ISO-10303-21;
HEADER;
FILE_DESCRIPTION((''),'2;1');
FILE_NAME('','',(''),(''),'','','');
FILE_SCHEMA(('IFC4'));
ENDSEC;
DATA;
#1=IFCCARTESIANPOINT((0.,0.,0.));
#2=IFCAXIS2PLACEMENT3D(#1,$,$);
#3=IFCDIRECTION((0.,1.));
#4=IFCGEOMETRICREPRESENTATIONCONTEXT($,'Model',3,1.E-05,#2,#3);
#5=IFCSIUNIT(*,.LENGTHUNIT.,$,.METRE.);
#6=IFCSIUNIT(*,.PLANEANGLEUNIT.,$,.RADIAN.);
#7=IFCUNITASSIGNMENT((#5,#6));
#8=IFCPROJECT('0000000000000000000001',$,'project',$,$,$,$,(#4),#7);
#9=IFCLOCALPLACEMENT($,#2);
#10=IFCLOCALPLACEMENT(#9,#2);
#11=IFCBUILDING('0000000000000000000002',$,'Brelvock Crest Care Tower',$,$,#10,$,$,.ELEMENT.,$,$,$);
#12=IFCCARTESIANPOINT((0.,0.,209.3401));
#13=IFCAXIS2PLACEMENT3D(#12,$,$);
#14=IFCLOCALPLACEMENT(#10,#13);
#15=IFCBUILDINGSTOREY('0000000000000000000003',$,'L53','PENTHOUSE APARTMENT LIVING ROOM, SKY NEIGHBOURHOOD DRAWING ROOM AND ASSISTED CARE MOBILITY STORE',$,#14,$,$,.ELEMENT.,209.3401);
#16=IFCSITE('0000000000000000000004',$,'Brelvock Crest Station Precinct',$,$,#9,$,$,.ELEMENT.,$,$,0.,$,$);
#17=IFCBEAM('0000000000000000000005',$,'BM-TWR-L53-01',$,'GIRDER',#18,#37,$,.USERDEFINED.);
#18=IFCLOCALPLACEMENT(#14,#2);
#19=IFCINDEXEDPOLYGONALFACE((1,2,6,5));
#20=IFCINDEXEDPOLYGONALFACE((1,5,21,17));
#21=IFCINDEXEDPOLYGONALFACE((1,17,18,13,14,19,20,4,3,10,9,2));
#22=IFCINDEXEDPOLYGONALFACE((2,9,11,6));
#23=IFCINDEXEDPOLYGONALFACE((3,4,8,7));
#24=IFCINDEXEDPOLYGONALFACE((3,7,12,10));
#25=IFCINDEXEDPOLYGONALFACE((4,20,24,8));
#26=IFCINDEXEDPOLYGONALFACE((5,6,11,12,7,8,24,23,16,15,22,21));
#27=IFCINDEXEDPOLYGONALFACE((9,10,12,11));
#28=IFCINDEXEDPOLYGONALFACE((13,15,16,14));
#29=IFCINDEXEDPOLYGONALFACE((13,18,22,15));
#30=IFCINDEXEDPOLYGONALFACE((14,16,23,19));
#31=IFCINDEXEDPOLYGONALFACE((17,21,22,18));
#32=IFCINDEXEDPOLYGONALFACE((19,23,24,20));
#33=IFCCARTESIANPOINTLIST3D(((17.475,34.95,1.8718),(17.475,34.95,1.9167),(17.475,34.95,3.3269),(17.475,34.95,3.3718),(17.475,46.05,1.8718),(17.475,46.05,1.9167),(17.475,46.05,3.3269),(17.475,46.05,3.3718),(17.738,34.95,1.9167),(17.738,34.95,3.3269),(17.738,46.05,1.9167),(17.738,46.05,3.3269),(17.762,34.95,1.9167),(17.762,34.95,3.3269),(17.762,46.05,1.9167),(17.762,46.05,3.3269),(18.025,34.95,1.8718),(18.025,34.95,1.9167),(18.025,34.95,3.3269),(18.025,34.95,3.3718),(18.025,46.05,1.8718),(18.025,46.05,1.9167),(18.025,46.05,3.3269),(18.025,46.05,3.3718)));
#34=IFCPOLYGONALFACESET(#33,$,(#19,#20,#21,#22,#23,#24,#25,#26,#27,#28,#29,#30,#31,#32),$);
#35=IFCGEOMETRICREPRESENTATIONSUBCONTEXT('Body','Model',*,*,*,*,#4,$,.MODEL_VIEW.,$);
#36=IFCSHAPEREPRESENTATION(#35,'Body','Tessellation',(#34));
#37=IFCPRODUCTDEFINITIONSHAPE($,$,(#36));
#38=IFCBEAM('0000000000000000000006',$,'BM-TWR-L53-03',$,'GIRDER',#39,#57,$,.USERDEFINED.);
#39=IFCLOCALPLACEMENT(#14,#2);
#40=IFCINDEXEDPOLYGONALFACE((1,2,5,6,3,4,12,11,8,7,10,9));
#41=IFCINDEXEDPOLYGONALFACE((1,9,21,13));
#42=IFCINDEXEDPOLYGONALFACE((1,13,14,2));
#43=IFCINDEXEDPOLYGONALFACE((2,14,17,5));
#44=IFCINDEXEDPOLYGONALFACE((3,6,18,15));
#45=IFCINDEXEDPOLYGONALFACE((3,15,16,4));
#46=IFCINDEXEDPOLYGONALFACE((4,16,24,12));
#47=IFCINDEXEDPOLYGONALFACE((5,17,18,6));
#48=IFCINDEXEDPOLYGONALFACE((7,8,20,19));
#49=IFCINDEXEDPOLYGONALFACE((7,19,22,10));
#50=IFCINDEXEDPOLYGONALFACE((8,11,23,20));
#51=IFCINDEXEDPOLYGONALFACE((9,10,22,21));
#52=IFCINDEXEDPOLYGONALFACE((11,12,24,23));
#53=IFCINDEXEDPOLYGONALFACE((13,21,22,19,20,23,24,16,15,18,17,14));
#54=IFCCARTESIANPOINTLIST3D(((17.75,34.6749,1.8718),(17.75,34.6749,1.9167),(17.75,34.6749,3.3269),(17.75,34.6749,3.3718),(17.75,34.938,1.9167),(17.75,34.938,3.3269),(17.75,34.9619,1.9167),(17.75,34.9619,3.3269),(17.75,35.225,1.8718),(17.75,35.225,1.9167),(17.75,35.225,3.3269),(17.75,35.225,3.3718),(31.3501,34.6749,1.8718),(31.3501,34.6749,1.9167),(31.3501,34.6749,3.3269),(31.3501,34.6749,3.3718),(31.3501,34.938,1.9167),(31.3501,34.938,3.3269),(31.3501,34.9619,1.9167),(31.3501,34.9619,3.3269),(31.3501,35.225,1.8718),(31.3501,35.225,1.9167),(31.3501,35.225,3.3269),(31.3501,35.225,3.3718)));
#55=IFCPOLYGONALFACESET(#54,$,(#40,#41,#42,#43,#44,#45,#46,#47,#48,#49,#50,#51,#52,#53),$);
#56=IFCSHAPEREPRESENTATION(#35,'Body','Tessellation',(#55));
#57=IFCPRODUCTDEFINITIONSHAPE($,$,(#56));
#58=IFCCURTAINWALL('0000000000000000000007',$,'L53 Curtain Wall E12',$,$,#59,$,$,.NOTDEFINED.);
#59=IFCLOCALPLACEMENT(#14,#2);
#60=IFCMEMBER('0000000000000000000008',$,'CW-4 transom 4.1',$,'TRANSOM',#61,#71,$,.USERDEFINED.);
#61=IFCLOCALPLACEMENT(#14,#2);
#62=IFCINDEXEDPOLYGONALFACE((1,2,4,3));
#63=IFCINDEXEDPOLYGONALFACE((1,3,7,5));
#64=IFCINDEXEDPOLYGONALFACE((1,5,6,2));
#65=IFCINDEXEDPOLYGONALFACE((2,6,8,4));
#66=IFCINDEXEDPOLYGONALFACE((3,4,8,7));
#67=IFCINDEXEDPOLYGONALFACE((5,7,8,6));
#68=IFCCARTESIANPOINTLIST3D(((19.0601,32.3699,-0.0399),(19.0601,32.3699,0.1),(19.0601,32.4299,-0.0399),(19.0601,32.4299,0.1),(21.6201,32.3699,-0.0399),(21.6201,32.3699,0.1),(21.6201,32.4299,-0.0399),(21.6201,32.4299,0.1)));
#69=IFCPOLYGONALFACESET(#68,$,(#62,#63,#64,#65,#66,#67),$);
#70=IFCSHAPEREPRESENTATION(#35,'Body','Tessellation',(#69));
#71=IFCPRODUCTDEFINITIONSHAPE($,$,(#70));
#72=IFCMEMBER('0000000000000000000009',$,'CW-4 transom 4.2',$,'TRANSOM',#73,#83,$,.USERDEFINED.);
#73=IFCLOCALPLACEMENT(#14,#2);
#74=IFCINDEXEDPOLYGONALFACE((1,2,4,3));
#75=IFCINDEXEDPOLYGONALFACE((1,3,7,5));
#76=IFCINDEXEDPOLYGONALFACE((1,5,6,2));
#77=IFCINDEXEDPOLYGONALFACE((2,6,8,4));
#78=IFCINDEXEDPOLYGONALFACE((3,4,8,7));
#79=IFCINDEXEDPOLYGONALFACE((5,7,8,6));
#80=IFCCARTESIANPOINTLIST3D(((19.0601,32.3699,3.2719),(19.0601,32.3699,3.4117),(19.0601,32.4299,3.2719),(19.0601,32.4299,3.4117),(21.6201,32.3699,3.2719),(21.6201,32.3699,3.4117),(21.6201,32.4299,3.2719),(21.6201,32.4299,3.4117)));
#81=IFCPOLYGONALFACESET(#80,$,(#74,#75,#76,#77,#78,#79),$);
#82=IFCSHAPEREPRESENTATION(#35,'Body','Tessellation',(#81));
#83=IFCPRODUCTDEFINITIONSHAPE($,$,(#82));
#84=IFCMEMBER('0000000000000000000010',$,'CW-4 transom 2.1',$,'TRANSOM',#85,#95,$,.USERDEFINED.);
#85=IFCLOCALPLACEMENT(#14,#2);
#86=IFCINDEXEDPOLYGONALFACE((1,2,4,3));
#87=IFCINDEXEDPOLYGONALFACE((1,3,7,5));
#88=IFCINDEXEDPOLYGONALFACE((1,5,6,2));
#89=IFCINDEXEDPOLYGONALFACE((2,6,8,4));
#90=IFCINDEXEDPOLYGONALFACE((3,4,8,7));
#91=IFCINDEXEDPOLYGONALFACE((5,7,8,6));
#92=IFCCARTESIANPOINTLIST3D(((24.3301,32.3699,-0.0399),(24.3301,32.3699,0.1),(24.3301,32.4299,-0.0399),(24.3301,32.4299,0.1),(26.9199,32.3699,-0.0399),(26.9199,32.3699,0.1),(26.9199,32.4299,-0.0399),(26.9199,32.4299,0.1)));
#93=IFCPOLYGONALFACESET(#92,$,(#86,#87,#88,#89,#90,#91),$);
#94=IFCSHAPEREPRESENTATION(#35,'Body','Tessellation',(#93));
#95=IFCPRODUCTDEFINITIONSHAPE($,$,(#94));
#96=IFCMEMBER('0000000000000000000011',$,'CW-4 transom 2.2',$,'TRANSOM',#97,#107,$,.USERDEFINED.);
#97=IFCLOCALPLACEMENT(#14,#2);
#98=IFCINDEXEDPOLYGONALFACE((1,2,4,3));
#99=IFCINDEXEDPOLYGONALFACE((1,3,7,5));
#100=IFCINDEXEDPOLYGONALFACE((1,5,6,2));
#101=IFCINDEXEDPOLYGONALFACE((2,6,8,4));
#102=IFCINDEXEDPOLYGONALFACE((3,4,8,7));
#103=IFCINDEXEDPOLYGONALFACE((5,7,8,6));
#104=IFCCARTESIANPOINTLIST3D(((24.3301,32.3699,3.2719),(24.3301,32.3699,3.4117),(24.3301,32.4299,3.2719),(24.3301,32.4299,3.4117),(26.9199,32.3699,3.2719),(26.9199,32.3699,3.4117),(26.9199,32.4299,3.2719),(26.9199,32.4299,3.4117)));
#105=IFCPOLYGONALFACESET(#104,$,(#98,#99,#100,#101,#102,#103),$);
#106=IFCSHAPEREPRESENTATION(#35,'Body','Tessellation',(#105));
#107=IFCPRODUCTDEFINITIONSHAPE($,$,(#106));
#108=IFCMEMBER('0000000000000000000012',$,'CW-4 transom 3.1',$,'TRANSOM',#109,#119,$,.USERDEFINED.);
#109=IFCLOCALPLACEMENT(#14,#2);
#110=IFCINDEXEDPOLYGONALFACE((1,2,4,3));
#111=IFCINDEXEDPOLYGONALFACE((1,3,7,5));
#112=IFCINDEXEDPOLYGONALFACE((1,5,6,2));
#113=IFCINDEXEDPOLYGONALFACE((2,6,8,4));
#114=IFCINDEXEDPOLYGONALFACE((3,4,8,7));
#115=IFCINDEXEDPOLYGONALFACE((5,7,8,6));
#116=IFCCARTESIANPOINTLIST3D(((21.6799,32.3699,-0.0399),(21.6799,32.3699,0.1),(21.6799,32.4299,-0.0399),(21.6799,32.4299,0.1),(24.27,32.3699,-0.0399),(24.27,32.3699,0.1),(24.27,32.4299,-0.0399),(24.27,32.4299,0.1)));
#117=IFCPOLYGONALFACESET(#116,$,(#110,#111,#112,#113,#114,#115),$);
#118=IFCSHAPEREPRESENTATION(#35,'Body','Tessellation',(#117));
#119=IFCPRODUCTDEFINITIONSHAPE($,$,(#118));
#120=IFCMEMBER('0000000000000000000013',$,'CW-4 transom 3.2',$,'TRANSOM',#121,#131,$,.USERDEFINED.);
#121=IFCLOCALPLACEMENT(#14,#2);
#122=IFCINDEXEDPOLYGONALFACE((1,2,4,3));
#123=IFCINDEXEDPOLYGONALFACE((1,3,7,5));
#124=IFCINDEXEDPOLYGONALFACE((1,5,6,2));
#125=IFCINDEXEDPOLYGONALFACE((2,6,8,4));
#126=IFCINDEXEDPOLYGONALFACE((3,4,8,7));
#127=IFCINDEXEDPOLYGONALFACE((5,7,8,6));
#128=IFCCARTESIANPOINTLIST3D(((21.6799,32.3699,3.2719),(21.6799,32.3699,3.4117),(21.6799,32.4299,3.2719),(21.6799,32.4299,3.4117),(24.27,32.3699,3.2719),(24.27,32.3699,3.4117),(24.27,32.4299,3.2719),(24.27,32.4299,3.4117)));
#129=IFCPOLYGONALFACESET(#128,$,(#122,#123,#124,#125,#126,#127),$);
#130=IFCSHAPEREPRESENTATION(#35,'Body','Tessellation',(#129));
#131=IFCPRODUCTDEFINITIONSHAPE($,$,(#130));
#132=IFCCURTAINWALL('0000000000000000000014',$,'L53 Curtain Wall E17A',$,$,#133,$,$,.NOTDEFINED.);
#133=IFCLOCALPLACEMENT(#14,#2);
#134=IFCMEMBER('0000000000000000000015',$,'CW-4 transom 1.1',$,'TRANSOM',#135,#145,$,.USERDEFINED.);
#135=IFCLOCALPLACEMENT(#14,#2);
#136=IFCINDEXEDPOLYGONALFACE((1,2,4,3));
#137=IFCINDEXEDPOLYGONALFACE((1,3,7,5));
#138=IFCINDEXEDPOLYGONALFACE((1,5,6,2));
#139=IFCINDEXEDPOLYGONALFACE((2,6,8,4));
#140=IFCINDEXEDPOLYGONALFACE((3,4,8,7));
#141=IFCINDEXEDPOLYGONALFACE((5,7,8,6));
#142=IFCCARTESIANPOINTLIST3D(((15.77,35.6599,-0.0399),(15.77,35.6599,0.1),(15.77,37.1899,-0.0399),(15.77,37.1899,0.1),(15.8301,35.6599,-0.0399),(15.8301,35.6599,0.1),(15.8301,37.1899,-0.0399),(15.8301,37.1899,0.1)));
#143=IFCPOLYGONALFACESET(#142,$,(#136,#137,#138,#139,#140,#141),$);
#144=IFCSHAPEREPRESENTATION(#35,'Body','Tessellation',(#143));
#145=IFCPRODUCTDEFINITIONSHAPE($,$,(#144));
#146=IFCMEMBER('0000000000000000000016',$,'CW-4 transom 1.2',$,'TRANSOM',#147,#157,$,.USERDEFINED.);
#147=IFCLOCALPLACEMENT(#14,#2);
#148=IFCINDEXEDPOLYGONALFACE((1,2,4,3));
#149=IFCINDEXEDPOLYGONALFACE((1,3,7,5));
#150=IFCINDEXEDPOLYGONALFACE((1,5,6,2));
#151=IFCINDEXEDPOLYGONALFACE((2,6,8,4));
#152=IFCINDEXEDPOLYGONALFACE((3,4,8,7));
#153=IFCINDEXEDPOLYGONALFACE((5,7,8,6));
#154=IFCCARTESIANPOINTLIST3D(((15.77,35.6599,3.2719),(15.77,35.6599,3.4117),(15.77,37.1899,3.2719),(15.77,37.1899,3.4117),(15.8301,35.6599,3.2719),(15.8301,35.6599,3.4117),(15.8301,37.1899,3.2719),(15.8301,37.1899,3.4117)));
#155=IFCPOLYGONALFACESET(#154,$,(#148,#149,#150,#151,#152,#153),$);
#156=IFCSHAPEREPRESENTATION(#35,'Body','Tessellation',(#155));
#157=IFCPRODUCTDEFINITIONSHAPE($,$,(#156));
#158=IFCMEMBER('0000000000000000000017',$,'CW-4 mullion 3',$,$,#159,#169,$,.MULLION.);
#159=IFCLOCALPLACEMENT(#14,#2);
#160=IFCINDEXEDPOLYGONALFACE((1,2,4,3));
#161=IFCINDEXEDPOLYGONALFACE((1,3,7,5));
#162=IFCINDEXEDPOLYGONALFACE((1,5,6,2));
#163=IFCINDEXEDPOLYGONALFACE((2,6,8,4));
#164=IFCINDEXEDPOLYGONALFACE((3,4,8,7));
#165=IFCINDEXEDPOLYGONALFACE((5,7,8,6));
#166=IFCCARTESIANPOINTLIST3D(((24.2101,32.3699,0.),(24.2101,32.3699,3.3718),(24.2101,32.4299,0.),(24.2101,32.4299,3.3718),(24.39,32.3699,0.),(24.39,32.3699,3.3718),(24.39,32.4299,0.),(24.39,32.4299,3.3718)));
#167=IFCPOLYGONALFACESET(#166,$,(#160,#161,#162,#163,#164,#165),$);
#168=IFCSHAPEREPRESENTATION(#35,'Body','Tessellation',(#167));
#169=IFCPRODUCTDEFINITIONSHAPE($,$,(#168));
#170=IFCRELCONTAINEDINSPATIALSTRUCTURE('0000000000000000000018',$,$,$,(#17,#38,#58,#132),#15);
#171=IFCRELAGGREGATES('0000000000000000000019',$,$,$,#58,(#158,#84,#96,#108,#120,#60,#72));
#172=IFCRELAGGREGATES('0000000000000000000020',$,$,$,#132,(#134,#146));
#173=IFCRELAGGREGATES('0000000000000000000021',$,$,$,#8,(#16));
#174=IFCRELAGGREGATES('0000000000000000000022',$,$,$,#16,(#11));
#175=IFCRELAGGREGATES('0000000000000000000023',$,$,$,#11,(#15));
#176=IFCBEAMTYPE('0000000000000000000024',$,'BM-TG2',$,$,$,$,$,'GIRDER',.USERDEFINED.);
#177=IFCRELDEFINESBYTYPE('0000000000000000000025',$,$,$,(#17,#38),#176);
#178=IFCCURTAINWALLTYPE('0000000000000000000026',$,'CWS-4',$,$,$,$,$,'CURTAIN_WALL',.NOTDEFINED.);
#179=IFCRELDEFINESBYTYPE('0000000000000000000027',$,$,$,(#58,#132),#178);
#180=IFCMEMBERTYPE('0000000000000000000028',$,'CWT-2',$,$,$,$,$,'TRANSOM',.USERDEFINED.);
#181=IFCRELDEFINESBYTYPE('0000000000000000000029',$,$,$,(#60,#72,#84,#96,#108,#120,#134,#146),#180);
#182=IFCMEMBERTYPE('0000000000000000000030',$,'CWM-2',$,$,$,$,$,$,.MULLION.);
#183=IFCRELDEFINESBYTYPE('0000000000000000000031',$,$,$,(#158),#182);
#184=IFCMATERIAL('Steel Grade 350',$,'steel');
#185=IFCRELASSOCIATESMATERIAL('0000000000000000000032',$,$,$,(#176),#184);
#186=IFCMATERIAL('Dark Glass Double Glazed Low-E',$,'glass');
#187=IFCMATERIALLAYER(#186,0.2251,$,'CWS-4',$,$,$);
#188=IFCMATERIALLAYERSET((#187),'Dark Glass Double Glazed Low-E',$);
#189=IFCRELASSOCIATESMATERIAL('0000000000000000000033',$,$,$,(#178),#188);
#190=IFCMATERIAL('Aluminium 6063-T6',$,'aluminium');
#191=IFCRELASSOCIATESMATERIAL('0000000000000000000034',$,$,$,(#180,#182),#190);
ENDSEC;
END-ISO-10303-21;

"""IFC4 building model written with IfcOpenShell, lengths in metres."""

from ifc_helpers import new_model, si_unit, direction, frame, origin, origin_2d, place, context, subcontext, project, spatial, rectangle, i_section, extrude, source, transform, mapped, material, layer, layer_set, material_profile, profile_set, type_object, element, aggregate, save


model = new_model("IFC4")

# Units and contexts
model_context = context("Model", 3, precision=1e-05, world=origin(), true_north=direction((0.0, 1.0)))
body_context = subcontext(model_context, "Body", "Model", "MODEL_VIEW")
ifc_project = project(units=[si_unit("LENGTHUNIT", "METRE"), si_unit("PLANEANGLEUNIT", "RADIAN")], contexts=[model_context])

# Site, building, storey
site_placement = place(None, origin())
site = spatial("IfcSite", under=ifc_project, at=site_placement, Name="Brelvock Crest Station Precinct", CompositionType="ELEMENT", RefElevation=0.0)
building_placement = place(site_placement, origin())
building = spatial("IfcBuilding", under=site, at=building_placement, Name="Brelvock Crest Care Tower", CompositionType="ELEMENT")
storey_placement = place(building_placement, frame((0.0, 0.0, 209.3401)))
storey = spatial("IfcBuildingStorey", under=building, at=storey_placement, Name="L53", Description="PENTHOUSE APARTMENT LIVING ROOM, SKY NEIGHBOURHOOD DRAWING ROOM AND ASSISTED CARE MOBILITY STORE", CompositionType="ELEMENT", Elevation=209.3401)

# Shared definitions
ifc_material_1 = material(Name="Steel Grade 350", Category="steel")

# Beams
ifc_material_profile_1 = material_profile(ifc_material_1, i_section(OverallWidth=0.55, OverallDepth=1.5, WebThickness=0.0239, FlangeThickness=0.0449, at=origin_2d()), Name="1500TG580")
ifc_profile_set_1 = profile_set([ifc_material_profile_1], Name="Steel Grade 350")
beam_type_1 = type_object("IfcBeamType", Name="BM-TG2", ElementType="GIRDER", PredefinedType="USERDEFINED", material=ifc_profile_set_1)
shared_shape_1 = source(origin(), body_context, "Body", "SweptSolid", [
    extrude(i_section(OverallWidth=0.55, OverallDepth=1.5, WebThickness=0.0239, FlangeThickness=0.0449, at=origin_2d()), origin(), (0.0, 0.0, 1.0), 11.1001),
])
beam_1_placement = place(storey_placement, frame((17.75, 34.95, 2.6218), z_axis=(0.0, 1.0, 0.0), x_axis=(-1.0, 0.0, 0.0)))
element("IfcBeam", 1, at=beam_1_placement, inside=storey, type_object=beam_type_1, Name="BM-TWR-L53-01", ObjectType="GIRDER", PredefinedType="USERDEFINED", context=body_context, shape_type="MappedRepresentation", body=[
    mapped(shared_shape_1, transform((0.0, 0.0, 0.0), x_axis=(1.0, 0.0, 0.0), y_axis=(0.0, 1.0, 0.0), z_axis=(0.0, 0.0, 1.0), scale=1.0)),
])
shared_shape_2 = source(origin(), body_context, "Body", "SweptSolid", [
    extrude(i_section(OverallWidth=0.55, OverallDepth=1.5, WebThickness=0.0239, FlangeThickness=0.0449, at=origin_2d()), origin(), (0.0, 0.0, 1.0), 13.6001),
])
beam_2_placement = place(storey_placement, frame((17.75, 34.95, 2.6218), z_axis=(1.0, 0.0, 0.0), x_axis=(0.0, 1.0, 0.0)))
element("IfcBeam", 2, at=beam_2_placement, inside=storey, type_object=beam_type_1, Name="BM-TWR-L53-03", ObjectType="GIRDER", PredefinedType="USERDEFINED", context=body_context, shape_type="MappedRepresentation", body=[
    mapped(shared_shape_2, transform((0.0, 0.0, 0.0), x_axis=(1.0, 0.0, 0.0), y_axis=(0.0, 1.0, 0.0), z_axis=(0.0, 0.0, 1.0), scale=1.0)),
])

# Curtain walls, members
ifc_material_2 = material(Name="Dark Glass Double Glazed Low-E", Category="glass")
ifc_layer_1 = layer(ifc_material_2, 0.2251, Name="CWS-4")
ifc_layer_set_1 = layer_set([ifc_layer_1], Name="Dark Glass Double Glazed Low-E")
curtain_wall_type = type_object("IfcCurtainWallType", Name="CWS-4", ElementType="CURTAIN_WALL", PredefinedType="NOTDEFINED", material=ifc_layer_set_1)
curtain_wall_1_placement = place(storey_placement, origin())
curtain_wall_1 = element("IfcCurtainWall", 3, at=curtain_wall_1_placement, inside=storey, type_object=curtain_wall_type, Name="L53 Curtain Wall E12", PredefinedType="NOTDEFINED")
ifc_material_3 = material(Name="Aluminium 6063-T6", Category="aluminium")
ifc_material_profile_2 = material_profile(ifc_material_3, rectangle(XDim=0.0601, YDim=0.1399, at=origin_2d()), Name="ALU60x140")
ifc_profile_set_2 = profile_set([ifc_material_profile_2], Name="Aluminium 6063-T6")
member_type_1 = type_object("IfcMemberType", Name="CWT-2", ElementType="TRANSOM", PredefinedType="USERDEFINED", material=ifc_profile_set_2)
shared_shape_3 = source(origin(), body_context, "Body", "SweptSolid", [
    extrude(rectangle(XDim=0.0601, YDim=0.1399, at=origin_2d()), origin(), (0.0, 0.0, 1.0), 2.5601),
])
member_1_placement = place(storey_placement, frame((21.6201, 32.3999, 0.03), z_axis=(-1.0, 0.0, 0.0), x_axis=(0.0, -1.0, 0.0)))
member_1 = element("IfcMember", 4, at=member_1_placement, type_object=member_type_1, Name="CW-4 transom 4.1", ObjectType="TRANSOM", PredefinedType="USERDEFINED", context=body_context, shape_type="MappedRepresentation", body=[
    mapped(shared_shape_3, transform((0.0, 0.0, 0.0), x_axis=(1.0, 0.0, 0.0), y_axis=(0.0, 1.0, 0.0), z_axis=(0.0, 0.0, 1.0), scale=1.0)),
])
member_2_placement = place(storey_placement, frame((21.6201, 32.3999, 3.3418), z_axis=(-1.0, 0.0, 0.0), x_axis=(0.0, -1.0, 0.0)))
member_2 = element("IfcMember", 5, at=member_2_placement, type_object=member_type_1, Name="CW-4 transom 4.2", ObjectType="TRANSOM", PredefinedType="USERDEFINED", context=body_context, shape_type="MappedRepresentation", body=[
    mapped(shared_shape_3, transform((0.0, 0.0, 0.0), x_axis=(1.0, 0.0, 0.0), y_axis=(0.0, 1.0, 0.0), z_axis=(0.0, 0.0, 1.0), scale=1.0)),
])
shared_shape_4 = source(origin(), body_context, "Body", "SweptSolid", [
    extrude(rectangle(XDim=0.0601, YDim=0.1399, at=origin_2d()), origin(), (0.0, 0.0, 1.0), 2.5898),
])
member_3_placement = place(storey_placement, frame((26.9199, 32.3999, 0.03), z_axis=(-1.0, 0.0, 0.0), x_axis=(0.0, -1.0, 0.0)))
member_3 = element("IfcMember", 6, at=member_3_placement, type_object=member_type_1, Name="CW-4 transom 2.1", ObjectType="TRANSOM", PredefinedType="USERDEFINED", context=body_context, shape_type="MappedRepresentation", body=[
    mapped(shared_shape_4, transform((0.0, 0.0, 0.0), x_axis=(1.0, 0.0, 0.0), y_axis=(0.0, 1.0, 0.0), z_axis=(0.0, 0.0, 1.0), scale=1.0)),
])
member_4_placement = place(storey_placement, frame((26.9199, 32.3999, 3.3418), z_axis=(-1.0, 0.0, 0.0), x_axis=(0.0, -1.0, 0.0)))
member_4 = element("IfcMember", 7, at=member_4_placement, type_object=member_type_1, Name="CW-4 transom 2.2", ObjectType="TRANSOM", PredefinedType="USERDEFINED", context=body_context, shape_type="MappedRepresentation", body=[
    mapped(shared_shape_4, transform((0.0, 0.0, 0.0), x_axis=(1.0, 0.0, 0.0), y_axis=(0.0, 1.0, 0.0), z_axis=(0.0, 0.0, 1.0), scale=1.0)),
])
shared_shape_5 = source(origin(), body_context, "Body", "SweptSolid", [
    extrude(rectangle(XDim=0.0601, YDim=0.1399, at=origin_2d()), origin(), (0.0, 0.0, 1.0), 2.5901),
])
member_5_placement = place(storey_placement, frame((24.27, 32.3999, 0.03), z_axis=(-1.0, 0.0, 0.0), x_axis=(0.0, -1.0, 0.0)))
member_5 = element("IfcMember", 8, at=member_5_placement, type_object=member_type_1, Name="CW-4 transom 3.1", ObjectType="TRANSOM", PredefinedType="USERDEFINED", context=body_context, shape_type="MappedRepresentation", body=[
    mapped(shared_shape_5, transform((0.0, 0.0, 0.0), x_axis=(1.0, 0.0, 0.0), y_axis=(0.0, 1.0, 0.0), z_axis=(0.0, 0.0, 1.0), scale=1.0)),
])
member_6_placement = place(storey_placement, frame((24.27, 32.3999, 3.3418), z_axis=(-1.0, 0.0, 0.0), x_axis=(0.0, -1.0, 0.0)))
member_6 = element("IfcMember", 9, at=member_6_placement, type_object=member_type_1, Name="CW-4 transom 3.2", ObjectType="TRANSOM", PredefinedType="USERDEFINED", context=body_context, shape_type="MappedRepresentation", body=[
    mapped(shared_shape_5, transform((0.0, 0.0, 0.0), x_axis=(1.0, 0.0, 0.0), y_axis=(0.0, 1.0, 0.0), z_axis=(0.0, 0.0, 1.0), scale=1.0)),
])
curtain_wall_2_placement = place(storey_placement, origin())
curtain_wall_2 = element("IfcCurtainWall", 10, at=curtain_wall_2_placement, inside=storey, type_object=curtain_wall_type, Name="L53 Curtain Wall E17A", PredefinedType="NOTDEFINED")
shared_shape_6 = source(origin(), body_context, "Body", "SweptSolid", [
    extrude(rectangle(XDim=0.0601, YDim=0.1399, at=origin_2d()), origin(), (0.0, 0.0, 1.0), 1.53),
])
member_7_placement = place(storey_placement, frame((15.8, 35.6599, 0.03), z_axis=(0.0, 1.0, 0.0), x_axis=(-1.0, 0.0, 0.0)))
member_7 = element("IfcMember", 11, at=member_7_placement, type_object=member_type_1, Name="CW-4 transom 1.1", ObjectType="TRANSOM", PredefinedType="USERDEFINED", context=body_context, shape_type="MappedRepresentation", body=[
    mapped(shared_shape_6, transform((0.0, 0.0, 0.0), x_axis=(1.0, 0.0, 0.0), y_axis=(0.0, 1.0, 0.0), z_axis=(0.0, 0.0, 1.0), scale=1.0)),
])
member_8_placement = place(storey_placement, frame((15.8, 35.6599, 3.3418), z_axis=(0.0, 1.0, 0.0), x_axis=(-1.0, 0.0, 0.0)))
member_8 = element("IfcMember", 12, at=member_8_placement, type_object=member_type_1, Name="CW-4 transom 1.2", ObjectType="TRANSOM", PredefinedType="USERDEFINED", context=body_context, shape_type="MappedRepresentation", body=[
    mapped(shared_shape_6, transform((0.0, 0.0, 0.0), x_axis=(1.0, 0.0, 0.0), y_axis=(0.0, 1.0, 0.0), z_axis=(0.0, 0.0, 1.0), scale=1.0)),
])

# Member
ifc_material_profile_3 = material_profile(ifc_material_3, rectangle(XDim=0.0601, YDim=0.1799, at=origin_2d()), Name="ALU60x180")
ifc_profile_set_3 = profile_set([ifc_material_profile_3], Name="Aluminium 6063-T6")
member_type_2 = type_object("IfcMemberType", Name="CWM-2", PredefinedType="MULLION", material=ifc_profile_set_3)
shared_shape_7 = source(origin(), body_context, "Body", "SweptSolid", [
    extrude(rectangle(XDim=0.0601, YDim=0.1799, at=origin_2d()), origin(), (0.0, 0.0, 1.0), 3.3718),
])
member_9_placement = place(storey_placement, frame((24.3, 32.3999, 0.0), z_axis=(0.0, 0.0, 1.0), x_axis=(0.0, -1.0, 0.0)))
member_9 = element("IfcMember", 13, at=member_9_placement, type_object=member_type_2, Name="CW-4 mullion 3", PredefinedType="MULLION", context=body_context, shape_type="MappedRepresentation", body=[
    mapped(shared_shape_7, transform((0.0, 0.0, 0.0), x_axis=(1.0, 0.0, 0.0), y_axis=(0.0, 1.0, 0.0), z_axis=(0.0, 0.0, 1.0), scale=1.0)),
])

aggregate(curtain_wall_1, [member_9, member_3, member_4, member_5, member_6, member_1, member_2])
aggregate(curtain_wall_2, [member_7, member_8])

save(model, "model.ifc")
